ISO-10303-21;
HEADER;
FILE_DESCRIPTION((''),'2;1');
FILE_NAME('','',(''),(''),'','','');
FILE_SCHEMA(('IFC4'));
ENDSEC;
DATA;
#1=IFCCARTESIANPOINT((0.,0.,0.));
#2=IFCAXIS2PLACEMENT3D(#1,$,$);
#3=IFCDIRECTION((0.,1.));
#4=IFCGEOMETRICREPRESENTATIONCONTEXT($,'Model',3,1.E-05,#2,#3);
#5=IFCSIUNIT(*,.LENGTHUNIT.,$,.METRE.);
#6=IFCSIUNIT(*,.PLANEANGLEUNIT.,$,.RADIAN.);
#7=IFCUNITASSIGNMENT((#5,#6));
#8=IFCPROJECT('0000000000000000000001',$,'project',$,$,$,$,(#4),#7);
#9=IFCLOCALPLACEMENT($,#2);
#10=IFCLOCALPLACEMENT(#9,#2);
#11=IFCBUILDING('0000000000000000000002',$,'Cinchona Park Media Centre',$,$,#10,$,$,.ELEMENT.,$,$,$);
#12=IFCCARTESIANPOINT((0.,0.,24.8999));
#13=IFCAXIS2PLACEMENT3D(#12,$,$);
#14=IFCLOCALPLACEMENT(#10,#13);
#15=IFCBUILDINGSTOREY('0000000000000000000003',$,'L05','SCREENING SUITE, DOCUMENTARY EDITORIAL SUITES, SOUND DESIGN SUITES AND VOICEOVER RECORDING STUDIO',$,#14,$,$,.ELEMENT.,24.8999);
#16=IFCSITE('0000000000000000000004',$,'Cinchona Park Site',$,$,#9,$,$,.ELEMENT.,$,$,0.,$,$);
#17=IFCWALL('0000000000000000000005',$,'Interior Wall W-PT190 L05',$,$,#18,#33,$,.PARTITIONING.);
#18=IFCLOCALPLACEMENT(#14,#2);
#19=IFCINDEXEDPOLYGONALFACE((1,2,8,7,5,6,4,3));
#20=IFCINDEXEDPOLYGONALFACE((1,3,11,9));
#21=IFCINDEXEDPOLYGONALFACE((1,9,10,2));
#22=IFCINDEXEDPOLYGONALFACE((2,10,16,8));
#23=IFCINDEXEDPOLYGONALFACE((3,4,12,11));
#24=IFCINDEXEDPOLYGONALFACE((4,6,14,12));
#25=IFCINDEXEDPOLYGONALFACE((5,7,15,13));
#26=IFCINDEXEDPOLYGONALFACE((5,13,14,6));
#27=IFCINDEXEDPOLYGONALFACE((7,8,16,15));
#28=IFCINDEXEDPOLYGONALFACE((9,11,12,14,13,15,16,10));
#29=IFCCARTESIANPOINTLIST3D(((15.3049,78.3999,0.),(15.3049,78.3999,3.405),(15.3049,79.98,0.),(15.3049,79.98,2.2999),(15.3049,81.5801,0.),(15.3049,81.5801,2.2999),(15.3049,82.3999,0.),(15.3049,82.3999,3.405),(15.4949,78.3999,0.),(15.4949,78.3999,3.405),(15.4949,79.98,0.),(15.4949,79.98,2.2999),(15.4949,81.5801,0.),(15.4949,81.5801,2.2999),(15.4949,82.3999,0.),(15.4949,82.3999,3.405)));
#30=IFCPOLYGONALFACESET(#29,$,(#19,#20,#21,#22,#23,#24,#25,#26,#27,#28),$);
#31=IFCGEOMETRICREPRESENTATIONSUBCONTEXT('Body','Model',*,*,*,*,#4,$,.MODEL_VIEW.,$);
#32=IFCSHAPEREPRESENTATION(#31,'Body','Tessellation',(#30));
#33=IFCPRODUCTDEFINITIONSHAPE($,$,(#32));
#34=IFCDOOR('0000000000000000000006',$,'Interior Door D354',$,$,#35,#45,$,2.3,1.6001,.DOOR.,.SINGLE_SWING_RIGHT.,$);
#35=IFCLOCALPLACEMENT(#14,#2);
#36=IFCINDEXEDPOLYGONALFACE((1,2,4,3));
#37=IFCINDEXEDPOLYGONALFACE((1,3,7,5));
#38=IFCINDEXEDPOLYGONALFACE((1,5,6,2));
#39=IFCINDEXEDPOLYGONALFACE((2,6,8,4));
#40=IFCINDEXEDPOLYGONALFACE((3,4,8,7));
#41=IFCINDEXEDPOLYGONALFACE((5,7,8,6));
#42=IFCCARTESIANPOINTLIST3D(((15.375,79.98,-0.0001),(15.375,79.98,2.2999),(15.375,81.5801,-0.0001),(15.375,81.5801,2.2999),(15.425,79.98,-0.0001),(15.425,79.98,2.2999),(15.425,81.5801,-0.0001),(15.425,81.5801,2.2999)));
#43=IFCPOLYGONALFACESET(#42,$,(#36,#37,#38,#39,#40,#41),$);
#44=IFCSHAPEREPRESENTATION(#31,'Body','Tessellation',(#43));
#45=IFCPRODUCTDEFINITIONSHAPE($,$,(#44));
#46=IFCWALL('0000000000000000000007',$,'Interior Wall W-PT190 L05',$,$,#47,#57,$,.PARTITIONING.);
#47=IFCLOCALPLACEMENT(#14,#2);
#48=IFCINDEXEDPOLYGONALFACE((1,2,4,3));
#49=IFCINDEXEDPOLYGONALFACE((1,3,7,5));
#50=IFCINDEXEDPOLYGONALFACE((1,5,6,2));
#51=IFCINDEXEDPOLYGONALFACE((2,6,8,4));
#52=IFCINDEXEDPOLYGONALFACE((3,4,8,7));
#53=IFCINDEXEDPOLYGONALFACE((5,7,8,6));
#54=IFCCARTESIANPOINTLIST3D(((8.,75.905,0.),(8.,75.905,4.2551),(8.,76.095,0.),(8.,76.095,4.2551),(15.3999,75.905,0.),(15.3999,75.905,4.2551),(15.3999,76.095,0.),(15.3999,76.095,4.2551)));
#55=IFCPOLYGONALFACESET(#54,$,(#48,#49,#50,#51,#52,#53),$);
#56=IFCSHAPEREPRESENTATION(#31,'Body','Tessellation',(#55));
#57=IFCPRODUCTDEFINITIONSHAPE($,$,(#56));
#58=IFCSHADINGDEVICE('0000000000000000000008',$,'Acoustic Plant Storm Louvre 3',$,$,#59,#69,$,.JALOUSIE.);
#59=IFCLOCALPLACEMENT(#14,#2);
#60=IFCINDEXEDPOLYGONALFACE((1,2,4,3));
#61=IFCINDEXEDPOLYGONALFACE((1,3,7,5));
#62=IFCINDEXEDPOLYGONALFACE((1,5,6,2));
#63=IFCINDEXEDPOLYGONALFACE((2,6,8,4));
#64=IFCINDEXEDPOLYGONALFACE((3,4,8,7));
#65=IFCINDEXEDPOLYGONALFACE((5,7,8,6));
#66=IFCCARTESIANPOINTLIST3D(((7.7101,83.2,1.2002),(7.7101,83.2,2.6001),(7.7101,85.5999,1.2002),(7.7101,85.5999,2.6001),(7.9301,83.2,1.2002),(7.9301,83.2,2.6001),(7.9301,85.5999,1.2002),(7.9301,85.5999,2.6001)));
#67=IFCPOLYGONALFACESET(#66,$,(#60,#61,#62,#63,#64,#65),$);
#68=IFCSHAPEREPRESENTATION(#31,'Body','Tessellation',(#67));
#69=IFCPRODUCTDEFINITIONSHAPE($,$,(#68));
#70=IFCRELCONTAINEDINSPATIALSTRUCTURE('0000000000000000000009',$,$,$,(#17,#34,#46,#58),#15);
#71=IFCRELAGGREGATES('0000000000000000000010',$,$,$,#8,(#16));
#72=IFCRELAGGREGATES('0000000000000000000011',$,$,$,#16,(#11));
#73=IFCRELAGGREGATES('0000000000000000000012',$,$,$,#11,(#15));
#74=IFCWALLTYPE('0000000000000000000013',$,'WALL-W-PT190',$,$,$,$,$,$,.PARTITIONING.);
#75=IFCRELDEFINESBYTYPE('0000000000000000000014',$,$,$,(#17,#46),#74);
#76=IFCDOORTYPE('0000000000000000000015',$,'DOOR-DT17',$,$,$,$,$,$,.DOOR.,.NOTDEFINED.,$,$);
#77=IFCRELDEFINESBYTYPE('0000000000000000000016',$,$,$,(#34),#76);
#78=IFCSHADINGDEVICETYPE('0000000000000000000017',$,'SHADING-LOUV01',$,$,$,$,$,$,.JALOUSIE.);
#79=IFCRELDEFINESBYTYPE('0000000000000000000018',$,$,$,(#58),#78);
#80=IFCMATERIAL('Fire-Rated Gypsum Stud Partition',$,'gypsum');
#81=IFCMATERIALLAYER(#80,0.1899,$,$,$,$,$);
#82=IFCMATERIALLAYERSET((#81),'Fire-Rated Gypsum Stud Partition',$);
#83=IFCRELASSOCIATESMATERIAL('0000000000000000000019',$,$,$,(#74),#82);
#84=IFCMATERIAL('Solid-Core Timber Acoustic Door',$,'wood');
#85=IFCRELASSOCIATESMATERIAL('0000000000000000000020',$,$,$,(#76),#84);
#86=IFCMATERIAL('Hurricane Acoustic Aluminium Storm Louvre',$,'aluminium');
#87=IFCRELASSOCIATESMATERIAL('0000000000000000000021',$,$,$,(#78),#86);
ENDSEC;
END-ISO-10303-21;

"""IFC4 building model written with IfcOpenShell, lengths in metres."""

from ifc_helpers import new_model, si_unit, direction, frame, frame_2d, origin, origin_2d, place, context, subcontext, project, spatial, rectangle, extrude, material, layer, layer_set, type_object, element, fill, save


model = new_model("IFC4")

# Units and contexts
model_context = context("Model", 3, precision=1e-05, world=origin(), true_north=direction((0.0, 1.0)))
body_context = subcontext(model_context, "Body", "Model", "MODEL_VIEW")
ifc_project = project(units=[si_unit("LENGTHUNIT", "METRE"), si_unit("PLANEANGLEUNIT", "RADIAN")], contexts=[model_context])

# Site, building, storey
site_placement = place(None, origin())
site = spatial("IfcSite", under=ifc_project, at=site_placement, Name="Cinchona Park Site", CompositionType="ELEMENT", RefElevation=0.0)
building_placement = place(site_placement, origin())
building = spatial("IfcBuilding", under=site, at=building_placement, Name="Cinchona Park Media Centre", CompositionType="ELEMENT")
storey_placement = place(building_placement, frame((0.0, 0.0, 24.8999)))
storey = spatial("IfcBuildingStorey", under=building, at=storey_placement, Name="L05", Description="SCREENING SUITE, DOCUMENTARY EDITORIAL SUITES, SOUND DESIGN SUITES AND VOICEOVER RECORDING STUDIO", CompositionType="ELEMENT", Elevation=24.8999)

# Wall, opening, door
ifc_material_1 = material(Name="Fire-Rated Gypsum Stud Partition", Category="gypsum")
ifc_layer_1 = layer(ifc_material_1, 0.1899)
ifc_layer_set_1 = layer_set([ifc_layer_1], Name="Fire-Rated Gypsum Stud Partition")
wall_type_1 = type_object("IfcWallType", Name="WALL-W-PT190", PredefinedType="PARTITIONING", material=ifc_layer_set_1)
wall_1_placement = place(storey_placement, frame((15.3999, 78.3999, 0.0), z_axis=(0.0, 0.0, 1.0), x_axis=(0.0, 1.0, 0.0)))
wall_1 = element("IfcWall", 1, at=wall_1_placement, inside=storey, type_object=wall_type_1, Name="Interior Wall W-PT190 L05", PredefinedType="PARTITIONING", context=body_context, shape_type="SweptSolid", body=[
    extrude(rectangle(XDim=4.0, YDim=0.1899, at=frame_2d((2.0, 0.0))), origin(), (0.0, 0.0, 1.0), 3.405),
])
opening_1_placement = place(wall_1_placement, frame((1.5801, 0.0, 0.0)))
opening_1 = element("IfcOpeningElement", 2, at=opening_1_placement, cuts=wall_1, PredefinedType="OPENING", context=body_context, shape_type="SweptSolid", body=[
    extrude(rectangle(XDim=1.6001, YDim=2.3, at=frame_2d((0.8, 1.1499))), frame((0.0, 0.105, 0.0), z_axis=(0.0, -1.0, 0.0), x_axis=(1.0, 0.0, 0.0)), (0.0, 0.0, 1.0), 0.21),
])
ifc_material_2 = material(Name="Solid-Core Timber Acoustic Door", Category="wood")
door_type_1 = type_object("IfcDoorType", Name="DOOR-DT17", OperationType="NOTDEFINED", PredefinedType="DOOR", material=ifc_material_2)
door_1_placement = place(opening_1_placement, origin())
door_1 = element("IfcDoor", 3, at=door_1_placement, inside=storey, type_object=door_type_1, Name="Interior Door D354", OperationType="SINGLE_SWING_RIGHT", OverallHeight=2.3, OverallWidth=1.6001, PredefinedType="DOOR", context=body_context, shape_type="SweptSolid", body=[
    extrude(rectangle(XDim=1.6001, YDim=2.3, at=frame_2d((0.8, 1.1499))), frame((0.0, 0.0249, 0.0), z_axis=(0.0, -1.0, 0.0), x_axis=(1.0, 0.0, 0.0)), (0.0, 0.0, 1.0), 0.05),
])
fill(opening_1, door_1)

# Wall
wall_2_placement = place(storey_placement, frame((8.0, 76.0, 0.0), z_axis=(0.0, 0.0, 1.0), x_axis=(1.0, 0.0, 0.0)))
element("IfcWall", 4, at=wall_2_placement, inside=storey, type_object=wall_type_1, Name="Interior Wall W-PT190 L05", PredefinedType="PARTITIONING", context=body_context, shape_type="SweptSolid", body=[
    extrude(rectangle(XDim=7.3999, YDim=0.1899, at=frame_2d((3.7, 0.0))), origin(), (0.0, 0.0, 1.0), 4.2551),
])

# Shading device
ifc_material_3 = material(Name="Hurricane Acoustic Aluminium Storm Louvre", Category="aluminium")
shading_device_type = type_object("IfcShadingDeviceType", Name="SHADING-LOUV01", PredefinedType="JALOUSIE", material=ifc_material_3)
shading_device_placement = place(storey_placement, frame((7.8201, 84.3999, 1.2002), z_axis=(0.0, 0.0, 1.0), x_axis=(0.0, 1.0, 0.0)))
element("IfcShadingDevice", 5, at=shading_device_placement, inside=storey, type_object=shading_device_type, Name="Acoustic Plant Storm Louvre 3", PredefinedType="JALOUSIE", context=body_context, shape_type="SweptSolid", body=[
    extrude(rectangle(XDim=2.3999, YDim=0.22, at=origin_2d()), origin(), (0.0, 0.0, 1.0), 1.3999),
])

save(model, "model.ifc")
